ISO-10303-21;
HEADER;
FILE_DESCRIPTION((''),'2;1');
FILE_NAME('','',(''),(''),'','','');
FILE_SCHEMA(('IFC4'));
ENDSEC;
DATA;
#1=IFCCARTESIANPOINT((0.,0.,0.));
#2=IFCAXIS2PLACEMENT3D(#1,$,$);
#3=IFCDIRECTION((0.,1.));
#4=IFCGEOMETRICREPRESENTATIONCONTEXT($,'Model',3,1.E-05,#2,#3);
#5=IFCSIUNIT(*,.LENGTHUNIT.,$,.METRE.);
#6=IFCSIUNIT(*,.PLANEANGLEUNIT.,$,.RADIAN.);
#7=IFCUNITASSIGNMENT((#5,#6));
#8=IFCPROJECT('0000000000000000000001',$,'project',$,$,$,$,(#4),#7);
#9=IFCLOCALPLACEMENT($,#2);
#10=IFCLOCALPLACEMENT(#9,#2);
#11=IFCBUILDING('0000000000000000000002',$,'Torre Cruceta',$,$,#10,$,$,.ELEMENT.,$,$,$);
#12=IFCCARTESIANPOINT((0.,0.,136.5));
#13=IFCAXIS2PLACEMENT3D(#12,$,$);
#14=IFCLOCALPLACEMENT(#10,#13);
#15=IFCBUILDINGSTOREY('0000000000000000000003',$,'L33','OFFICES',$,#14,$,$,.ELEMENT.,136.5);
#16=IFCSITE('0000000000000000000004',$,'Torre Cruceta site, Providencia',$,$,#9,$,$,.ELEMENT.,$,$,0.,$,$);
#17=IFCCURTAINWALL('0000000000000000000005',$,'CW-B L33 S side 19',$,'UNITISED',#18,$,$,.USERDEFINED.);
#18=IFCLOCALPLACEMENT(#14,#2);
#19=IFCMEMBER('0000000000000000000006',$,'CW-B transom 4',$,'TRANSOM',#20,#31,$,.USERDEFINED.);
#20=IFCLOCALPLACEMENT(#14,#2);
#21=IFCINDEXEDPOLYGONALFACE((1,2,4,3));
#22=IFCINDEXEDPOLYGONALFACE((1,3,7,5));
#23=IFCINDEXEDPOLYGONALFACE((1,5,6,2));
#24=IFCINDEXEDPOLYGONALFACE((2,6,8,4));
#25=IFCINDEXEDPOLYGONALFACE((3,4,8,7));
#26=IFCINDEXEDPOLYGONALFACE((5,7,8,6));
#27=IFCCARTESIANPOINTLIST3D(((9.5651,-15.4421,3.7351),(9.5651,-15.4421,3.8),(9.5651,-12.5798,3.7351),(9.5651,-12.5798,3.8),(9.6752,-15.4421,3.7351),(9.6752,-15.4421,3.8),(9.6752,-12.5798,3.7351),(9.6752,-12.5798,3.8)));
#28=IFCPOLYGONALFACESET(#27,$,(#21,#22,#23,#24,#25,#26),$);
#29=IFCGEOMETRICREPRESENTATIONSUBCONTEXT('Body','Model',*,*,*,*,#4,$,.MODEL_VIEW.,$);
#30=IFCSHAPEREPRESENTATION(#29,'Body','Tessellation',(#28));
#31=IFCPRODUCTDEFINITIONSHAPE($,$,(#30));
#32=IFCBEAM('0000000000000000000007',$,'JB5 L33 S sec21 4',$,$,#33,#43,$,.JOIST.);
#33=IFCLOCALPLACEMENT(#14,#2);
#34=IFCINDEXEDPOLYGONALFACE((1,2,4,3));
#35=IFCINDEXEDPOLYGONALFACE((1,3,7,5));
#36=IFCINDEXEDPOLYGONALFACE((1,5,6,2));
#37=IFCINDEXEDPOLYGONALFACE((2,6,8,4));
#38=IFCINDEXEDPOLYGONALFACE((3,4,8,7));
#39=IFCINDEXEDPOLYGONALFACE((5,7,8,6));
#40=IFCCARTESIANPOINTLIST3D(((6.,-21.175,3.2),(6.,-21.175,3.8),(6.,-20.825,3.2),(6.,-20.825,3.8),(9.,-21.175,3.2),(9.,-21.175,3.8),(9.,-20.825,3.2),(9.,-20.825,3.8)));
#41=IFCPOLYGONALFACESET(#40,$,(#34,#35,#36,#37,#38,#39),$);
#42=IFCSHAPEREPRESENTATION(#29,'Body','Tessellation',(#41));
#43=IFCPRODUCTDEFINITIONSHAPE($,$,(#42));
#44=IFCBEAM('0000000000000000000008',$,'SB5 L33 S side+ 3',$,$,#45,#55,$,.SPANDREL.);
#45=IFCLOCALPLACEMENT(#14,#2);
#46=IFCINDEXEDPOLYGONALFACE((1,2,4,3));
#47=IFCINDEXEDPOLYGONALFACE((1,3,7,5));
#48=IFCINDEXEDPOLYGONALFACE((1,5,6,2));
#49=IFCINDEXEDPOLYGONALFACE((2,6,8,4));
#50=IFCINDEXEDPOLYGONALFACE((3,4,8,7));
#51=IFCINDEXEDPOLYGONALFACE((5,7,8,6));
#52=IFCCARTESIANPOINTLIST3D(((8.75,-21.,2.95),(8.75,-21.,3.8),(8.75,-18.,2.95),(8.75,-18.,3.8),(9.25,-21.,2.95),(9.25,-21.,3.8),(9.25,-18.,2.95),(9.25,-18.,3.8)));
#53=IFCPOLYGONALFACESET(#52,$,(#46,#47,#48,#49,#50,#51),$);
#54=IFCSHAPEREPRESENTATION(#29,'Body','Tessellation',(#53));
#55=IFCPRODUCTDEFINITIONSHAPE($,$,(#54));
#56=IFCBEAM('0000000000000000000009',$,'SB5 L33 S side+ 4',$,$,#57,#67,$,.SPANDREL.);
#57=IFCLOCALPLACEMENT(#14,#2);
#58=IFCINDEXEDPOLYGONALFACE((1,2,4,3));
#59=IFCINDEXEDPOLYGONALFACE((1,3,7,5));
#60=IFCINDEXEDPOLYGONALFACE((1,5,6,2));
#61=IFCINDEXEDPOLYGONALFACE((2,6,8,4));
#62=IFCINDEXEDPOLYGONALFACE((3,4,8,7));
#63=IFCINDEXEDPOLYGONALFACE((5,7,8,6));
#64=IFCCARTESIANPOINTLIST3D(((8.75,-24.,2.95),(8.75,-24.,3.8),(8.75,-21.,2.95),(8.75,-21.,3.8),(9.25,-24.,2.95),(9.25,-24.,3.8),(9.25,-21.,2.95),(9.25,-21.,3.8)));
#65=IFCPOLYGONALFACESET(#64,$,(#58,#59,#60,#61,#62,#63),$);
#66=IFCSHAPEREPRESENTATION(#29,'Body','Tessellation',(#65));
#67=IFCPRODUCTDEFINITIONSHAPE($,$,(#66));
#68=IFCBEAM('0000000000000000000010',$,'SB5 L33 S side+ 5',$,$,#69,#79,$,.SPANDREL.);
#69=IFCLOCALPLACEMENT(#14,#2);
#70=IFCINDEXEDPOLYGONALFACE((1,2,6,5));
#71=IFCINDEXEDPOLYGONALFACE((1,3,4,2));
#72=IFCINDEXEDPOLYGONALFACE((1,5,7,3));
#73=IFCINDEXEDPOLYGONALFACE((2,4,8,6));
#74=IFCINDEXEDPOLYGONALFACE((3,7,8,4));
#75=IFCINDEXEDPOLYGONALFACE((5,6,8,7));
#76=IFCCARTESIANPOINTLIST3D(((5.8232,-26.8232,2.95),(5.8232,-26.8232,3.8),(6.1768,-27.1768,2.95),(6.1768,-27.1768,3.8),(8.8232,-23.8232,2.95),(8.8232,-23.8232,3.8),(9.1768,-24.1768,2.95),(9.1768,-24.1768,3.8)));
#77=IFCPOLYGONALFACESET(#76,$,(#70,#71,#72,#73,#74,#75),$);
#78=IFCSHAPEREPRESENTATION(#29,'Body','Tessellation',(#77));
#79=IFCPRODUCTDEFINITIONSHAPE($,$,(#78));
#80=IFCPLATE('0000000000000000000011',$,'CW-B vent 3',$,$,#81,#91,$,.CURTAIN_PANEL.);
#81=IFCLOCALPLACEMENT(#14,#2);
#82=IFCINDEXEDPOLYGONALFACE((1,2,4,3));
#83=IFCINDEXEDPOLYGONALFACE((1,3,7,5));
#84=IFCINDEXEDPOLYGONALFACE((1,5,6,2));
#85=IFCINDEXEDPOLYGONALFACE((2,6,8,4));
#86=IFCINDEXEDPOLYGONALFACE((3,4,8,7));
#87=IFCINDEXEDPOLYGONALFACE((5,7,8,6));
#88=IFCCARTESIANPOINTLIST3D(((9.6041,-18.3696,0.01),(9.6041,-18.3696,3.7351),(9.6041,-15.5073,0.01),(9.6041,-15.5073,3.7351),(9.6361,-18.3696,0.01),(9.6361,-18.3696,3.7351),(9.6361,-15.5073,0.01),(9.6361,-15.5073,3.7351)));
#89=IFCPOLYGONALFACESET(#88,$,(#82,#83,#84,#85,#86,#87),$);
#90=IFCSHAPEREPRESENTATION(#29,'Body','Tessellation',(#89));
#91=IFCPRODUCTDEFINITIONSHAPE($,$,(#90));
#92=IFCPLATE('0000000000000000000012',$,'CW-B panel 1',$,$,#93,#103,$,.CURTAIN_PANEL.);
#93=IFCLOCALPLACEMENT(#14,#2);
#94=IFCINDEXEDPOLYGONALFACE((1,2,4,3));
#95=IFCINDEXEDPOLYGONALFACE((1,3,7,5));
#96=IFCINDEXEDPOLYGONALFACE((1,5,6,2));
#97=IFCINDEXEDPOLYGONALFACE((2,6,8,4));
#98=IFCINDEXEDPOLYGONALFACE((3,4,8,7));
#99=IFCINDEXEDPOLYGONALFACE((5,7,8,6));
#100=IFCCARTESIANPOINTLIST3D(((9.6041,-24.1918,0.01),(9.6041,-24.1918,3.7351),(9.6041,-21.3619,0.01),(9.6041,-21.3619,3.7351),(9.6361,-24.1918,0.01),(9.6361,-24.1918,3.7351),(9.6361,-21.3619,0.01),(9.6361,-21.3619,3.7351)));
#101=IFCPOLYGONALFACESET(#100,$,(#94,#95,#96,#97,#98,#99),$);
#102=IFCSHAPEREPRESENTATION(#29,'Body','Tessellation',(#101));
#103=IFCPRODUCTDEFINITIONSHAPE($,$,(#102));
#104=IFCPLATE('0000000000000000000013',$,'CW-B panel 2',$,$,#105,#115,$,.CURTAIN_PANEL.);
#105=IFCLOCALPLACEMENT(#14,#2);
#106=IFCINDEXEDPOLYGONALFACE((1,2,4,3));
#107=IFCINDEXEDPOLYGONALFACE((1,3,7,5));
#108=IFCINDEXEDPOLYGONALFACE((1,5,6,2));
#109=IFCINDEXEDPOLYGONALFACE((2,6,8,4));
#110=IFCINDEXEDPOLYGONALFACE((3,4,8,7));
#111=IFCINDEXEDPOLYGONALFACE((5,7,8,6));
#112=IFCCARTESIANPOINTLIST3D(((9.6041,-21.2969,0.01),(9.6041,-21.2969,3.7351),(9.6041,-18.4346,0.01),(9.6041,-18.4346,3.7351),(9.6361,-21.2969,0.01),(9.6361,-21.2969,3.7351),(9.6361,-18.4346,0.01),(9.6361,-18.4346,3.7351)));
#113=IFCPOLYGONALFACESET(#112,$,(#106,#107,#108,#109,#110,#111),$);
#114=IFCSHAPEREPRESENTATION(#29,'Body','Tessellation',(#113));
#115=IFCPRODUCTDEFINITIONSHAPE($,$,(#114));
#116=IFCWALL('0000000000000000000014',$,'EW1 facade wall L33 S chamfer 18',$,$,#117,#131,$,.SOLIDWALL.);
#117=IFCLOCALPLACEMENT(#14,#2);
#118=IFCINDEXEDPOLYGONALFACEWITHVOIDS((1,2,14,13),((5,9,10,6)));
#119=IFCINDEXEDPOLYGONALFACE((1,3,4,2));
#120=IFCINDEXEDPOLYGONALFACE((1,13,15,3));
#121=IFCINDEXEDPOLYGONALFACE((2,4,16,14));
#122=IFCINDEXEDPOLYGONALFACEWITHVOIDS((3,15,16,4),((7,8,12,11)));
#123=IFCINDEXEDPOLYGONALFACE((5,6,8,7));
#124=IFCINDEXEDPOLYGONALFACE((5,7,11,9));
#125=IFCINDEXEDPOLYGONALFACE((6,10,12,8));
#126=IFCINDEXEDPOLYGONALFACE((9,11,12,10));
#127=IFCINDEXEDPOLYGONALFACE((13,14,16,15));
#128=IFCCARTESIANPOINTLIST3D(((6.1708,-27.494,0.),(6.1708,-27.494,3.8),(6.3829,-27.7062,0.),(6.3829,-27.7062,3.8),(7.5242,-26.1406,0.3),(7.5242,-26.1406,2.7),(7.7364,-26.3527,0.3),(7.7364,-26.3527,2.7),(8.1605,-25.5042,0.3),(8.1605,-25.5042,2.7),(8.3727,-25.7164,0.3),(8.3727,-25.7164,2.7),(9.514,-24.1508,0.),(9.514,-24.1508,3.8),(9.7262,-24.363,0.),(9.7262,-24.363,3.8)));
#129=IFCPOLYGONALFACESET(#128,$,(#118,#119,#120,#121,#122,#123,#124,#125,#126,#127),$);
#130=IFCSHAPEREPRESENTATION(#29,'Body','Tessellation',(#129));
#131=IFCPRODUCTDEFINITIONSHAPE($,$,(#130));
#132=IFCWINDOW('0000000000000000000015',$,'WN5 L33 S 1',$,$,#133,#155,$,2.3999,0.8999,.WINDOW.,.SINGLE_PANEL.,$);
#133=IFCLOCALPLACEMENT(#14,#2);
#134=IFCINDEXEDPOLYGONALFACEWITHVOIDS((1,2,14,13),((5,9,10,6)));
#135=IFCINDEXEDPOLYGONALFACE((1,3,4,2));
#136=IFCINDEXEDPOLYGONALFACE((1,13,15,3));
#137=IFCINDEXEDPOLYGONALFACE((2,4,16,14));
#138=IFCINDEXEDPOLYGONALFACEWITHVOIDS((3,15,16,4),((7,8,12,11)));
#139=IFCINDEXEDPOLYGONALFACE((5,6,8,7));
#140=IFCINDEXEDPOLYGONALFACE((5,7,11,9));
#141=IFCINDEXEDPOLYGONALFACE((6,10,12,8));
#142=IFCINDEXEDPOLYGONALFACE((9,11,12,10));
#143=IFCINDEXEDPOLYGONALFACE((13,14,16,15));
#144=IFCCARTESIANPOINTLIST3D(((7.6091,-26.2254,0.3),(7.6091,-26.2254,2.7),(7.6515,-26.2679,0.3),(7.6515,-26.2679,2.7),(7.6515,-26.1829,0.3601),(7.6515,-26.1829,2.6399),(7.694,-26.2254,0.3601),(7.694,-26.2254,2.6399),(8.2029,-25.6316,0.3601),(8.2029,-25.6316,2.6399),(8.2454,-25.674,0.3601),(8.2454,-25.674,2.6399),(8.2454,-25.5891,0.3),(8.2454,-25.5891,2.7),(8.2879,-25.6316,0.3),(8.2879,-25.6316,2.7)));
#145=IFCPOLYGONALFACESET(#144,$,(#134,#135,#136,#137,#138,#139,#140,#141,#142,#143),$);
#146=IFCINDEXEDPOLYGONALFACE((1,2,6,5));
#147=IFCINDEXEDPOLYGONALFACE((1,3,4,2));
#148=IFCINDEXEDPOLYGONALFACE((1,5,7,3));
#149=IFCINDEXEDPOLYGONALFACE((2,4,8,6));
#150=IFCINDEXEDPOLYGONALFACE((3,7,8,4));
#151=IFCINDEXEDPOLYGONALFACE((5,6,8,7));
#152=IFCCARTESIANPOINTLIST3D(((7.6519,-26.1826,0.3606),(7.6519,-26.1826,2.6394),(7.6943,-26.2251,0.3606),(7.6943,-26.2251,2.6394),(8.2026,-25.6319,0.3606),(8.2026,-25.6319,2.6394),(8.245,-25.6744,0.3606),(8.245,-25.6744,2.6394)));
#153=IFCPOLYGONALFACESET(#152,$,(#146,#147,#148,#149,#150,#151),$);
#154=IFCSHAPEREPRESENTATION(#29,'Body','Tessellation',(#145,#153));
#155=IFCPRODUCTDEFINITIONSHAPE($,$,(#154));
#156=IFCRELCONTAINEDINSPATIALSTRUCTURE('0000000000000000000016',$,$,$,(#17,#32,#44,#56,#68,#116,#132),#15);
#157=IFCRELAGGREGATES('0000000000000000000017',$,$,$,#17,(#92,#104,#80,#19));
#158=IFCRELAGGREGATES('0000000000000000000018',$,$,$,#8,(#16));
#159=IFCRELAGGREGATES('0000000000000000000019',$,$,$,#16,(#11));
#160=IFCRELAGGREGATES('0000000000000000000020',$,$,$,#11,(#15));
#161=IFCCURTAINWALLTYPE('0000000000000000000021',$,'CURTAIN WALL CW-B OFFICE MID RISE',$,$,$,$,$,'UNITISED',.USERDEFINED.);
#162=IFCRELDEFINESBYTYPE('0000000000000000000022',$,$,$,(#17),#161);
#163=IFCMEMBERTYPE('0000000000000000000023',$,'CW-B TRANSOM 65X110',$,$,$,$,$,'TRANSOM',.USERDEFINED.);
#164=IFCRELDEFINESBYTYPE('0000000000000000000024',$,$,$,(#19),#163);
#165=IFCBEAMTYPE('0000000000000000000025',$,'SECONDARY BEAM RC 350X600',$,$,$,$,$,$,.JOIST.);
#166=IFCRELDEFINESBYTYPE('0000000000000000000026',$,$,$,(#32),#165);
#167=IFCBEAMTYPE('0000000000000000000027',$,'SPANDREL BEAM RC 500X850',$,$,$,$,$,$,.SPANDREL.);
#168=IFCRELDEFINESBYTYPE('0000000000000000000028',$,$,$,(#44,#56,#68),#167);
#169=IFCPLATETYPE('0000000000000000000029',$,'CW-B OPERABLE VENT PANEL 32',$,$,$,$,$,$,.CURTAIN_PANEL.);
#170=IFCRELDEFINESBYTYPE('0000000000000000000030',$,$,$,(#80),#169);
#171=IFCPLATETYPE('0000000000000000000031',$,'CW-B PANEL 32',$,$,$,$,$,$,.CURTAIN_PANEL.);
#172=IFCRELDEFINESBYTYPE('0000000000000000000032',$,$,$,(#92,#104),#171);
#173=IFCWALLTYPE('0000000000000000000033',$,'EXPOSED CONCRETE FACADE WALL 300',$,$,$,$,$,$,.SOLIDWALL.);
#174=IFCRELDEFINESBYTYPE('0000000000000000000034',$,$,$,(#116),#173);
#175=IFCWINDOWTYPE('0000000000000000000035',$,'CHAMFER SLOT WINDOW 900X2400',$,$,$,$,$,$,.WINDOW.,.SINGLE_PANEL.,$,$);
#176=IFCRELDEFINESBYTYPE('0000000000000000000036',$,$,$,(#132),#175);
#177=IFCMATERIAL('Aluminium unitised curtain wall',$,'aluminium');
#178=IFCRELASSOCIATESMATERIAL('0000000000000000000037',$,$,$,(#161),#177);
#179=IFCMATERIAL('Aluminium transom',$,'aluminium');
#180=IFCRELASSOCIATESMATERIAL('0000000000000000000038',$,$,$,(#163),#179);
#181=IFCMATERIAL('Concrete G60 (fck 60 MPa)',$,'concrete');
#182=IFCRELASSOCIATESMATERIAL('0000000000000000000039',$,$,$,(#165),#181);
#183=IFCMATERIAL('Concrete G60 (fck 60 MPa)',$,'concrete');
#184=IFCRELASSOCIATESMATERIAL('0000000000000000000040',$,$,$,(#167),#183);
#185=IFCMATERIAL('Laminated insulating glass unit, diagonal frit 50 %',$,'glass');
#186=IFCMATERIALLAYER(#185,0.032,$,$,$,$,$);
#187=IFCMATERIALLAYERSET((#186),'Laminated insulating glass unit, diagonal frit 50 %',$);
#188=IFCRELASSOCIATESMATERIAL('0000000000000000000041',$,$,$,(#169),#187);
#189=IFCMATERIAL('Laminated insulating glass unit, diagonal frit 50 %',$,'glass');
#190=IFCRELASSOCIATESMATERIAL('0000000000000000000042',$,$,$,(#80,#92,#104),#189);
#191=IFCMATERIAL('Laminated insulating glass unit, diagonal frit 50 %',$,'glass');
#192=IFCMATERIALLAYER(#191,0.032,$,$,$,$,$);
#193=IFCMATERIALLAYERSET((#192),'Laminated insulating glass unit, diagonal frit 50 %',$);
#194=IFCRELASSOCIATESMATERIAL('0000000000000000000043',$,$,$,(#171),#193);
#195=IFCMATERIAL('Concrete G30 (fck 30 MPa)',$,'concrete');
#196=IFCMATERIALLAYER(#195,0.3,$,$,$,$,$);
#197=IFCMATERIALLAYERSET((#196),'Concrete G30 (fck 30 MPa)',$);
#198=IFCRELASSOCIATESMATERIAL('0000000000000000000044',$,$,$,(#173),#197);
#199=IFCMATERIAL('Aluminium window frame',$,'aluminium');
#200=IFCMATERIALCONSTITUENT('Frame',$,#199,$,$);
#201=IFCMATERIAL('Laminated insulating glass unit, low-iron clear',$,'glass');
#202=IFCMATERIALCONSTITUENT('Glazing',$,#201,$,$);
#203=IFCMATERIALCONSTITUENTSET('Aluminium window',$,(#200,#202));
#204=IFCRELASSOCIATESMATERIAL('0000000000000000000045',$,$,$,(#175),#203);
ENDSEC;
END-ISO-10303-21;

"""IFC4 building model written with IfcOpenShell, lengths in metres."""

from ifc_helpers import new_model, si_unit, direction, frame, frame_2d, origin, origin_2d, place, context, subcontext, project, spatial, rectangle, hollow_rectangle, extrude, material, layer, layer_set, constituent, constituent_set, material_profile, profile_set, type_object, element, fill, aggregate, save


model = new_model("IFC4")

# Units and contexts
model_context = context("Model", 3, precision=1e-05, world=origin(), true_north=direction((0.0, 1.0)))
body_context = subcontext(model_context, "Body", "Model", "MODEL_VIEW")
ifc_project = project(units=[si_unit("LENGTHUNIT", "METRE"), si_unit("PLANEANGLEUNIT", "RADIAN")], contexts=[model_context])

# Site, building, storey
site_placement = place(None, origin())
site = spatial("IfcSite", under=ifc_project, at=site_placement, Name="Torre Cruceta site, Providencia", CompositionType="ELEMENT", RefElevation=0.0)
building_placement = place(site_placement, origin())
building = spatial("IfcBuilding", under=site, at=building_placement, Name="Torre Cruceta", CompositionType="ELEMENT")
storey_placement = place(building_placement, frame((0.0, 0.0, 136.5)))
storey = spatial("IfcBuildingStorey", under=building, at=storey_placement, Name="L33", Description="OFFICES", CompositionType="ELEMENT", Elevation=136.5)

# Curtain wall, member
ifc_material_1 = material(Name="Aluminium unitised curtain wall", Category="aluminium")
curtain_wall_type = type_object("IfcCurtainWallType", Name="CURTAIN WALL CW-B OFFICE MID RISE", ElementType="UNITISED", PredefinedType="USERDEFINED", material=ifc_material_1)
curtain_wall_placement = place(storey_placement, origin())
curtain_wall = element("IfcCurtainWall", 1, at=curtain_wall_placement, inside=storey, type_object=curtain_wall_type, Name="CW-B L33 S side 19", ObjectType="UNITISED", PredefinedType="USERDEFINED")
ifc_material_2 = material(Name="Aluminium transom", Category="aluminium")
ifc_material_profile_1 = material_profile(ifc_material_2, rectangle(XDim=0.1101, YDim=0.0649, at=origin_2d()), Name="AL 110X65")
ifc_profile_set_1 = profile_set([ifc_material_profile_1], Name="Aluminium transom")
member_type_1 = type_object("IfcMemberType", Name="CW-B TRANSOM 65X110", ElementType="TRANSOM", PredefinedType="USERDEFINED", material=ifc_profile_set_1)
member_1_placement = place(storey_placement, frame((9.6201, -15.4421, 3.7676), z_axis=(0.0, 1.0, 0.0), x_axis=(-1.0, 0.0, 0.0)))
member_1 = element("IfcMember", 2, at=member_1_placement, type_object=member_type_1, Name="CW-B transom 4", ObjectType="TRANSOM", PredefinedType="USERDEFINED", context=body_context, shape_type="SweptSolid", body=[
    extrude(rectangle(XDim=0.1101, YDim=0.0649, at=origin_2d()), origin(), (0.0, 0.0, 1.0), 2.8623),
])

# Beams
ifc_material_3 = material(Name="Concrete G60 (fck 60 MPa)", Category="concrete")
ifc_material_profile_2 = material_profile(ifc_material_3, rectangle(XDim=0.3501, YDim=0.6001, at=origin_2d()), Name="RC 350X600")
ifc_profile_set_2 = profile_set([ifc_material_profile_2], Name="Concrete G60 (fck 60 MPa)")
beam_type_1 = type_object("IfcBeamType", Name="SECONDARY BEAM RC 350X600", PredefinedType="JOIST", material=ifc_profile_set_2)
beam_1_placement = place(storey_placement, frame((6.0, -21.0, 3.5), z_axis=(1.0, 0.0, 0.0), x_axis=(0.0, 1.0, 0.0)))
element("IfcBeam", 3, at=beam_1_placement, inside=storey, type_object=beam_type_1, Name="JB5 L33 S sec21 4", PredefinedType="JOIST", context=body_context, shape_type="SweptSolid", body=[
    extrude(rectangle(XDim=0.3501, YDim=0.6001, at=origin_2d()), origin(), (0.0, 0.0, 1.0), 3.0),
])
ifc_material_4 = material(Name="Concrete G60 (fck 60 MPa)", Category="concrete")
ifc_material_profile_3 = material_profile(ifc_material_4, rectangle(XDim=0.5, YDim=0.8501, at=origin_2d()), Name="RC 500X850")
ifc_profile_set_3 = profile_set([ifc_material_profile_3], Name="Concrete G60 (fck 60 MPa)")
beam_type_2 = type_object("IfcBeamType", Name="SPANDREL BEAM RC 500X850", PredefinedType="SPANDREL", material=ifc_profile_set_3)
for number, where, z_axis, x_axis, name in (
    (4, (9.0, -18.0, 3.375), (0.0, -1.0, 0.0), (1.0, 0.0, 0.0), "SB5 L33 S side+ 3"),
    (5, (9.0, -21.0, 3.375), (0.0, -1.0, 0.0), (1.0, 0.0, 0.0), "SB5 L33 S side+ 4"),
):
    element("IfcBeam", number, at=place(storey_placement, frame(where, z_axis=z_axis, x_axis=x_axis)), inside=storey, type_object=beam_type_2, Name=name, PredefinedType="SPANDREL", context=body_context, shape_type="SweptSolid", body=[
        extrude(rectangle(XDim=0.5, YDim=0.8501, at=origin_2d()), origin(), (0.0, 0.0, 1.0), 3.0),
    ])
beam_2_placement = place(storey_placement, frame((9.0, -24.0, 3.375), z_axis=(-0.707107, -0.707107, 0.0), x_axis=(0.707107, -0.707107, 0.0)))
element("IfcBeam", 6, at=beam_2_placement, inside=storey, type_object=beam_type_2, Name="SB5 L33 S side+ 5", PredefinedType="SPANDREL", context=body_context, shape_type="SweptSolid", body=[
    extrude(rectangle(XDim=0.5, YDim=0.8501, at=origin_2d()), origin(), (0.0, 0.0, 1.0), 4.2427),
])

# Plates
ifc_material_5 = material(Name="Laminated insulating glass unit, diagonal frit 50 %", Category="glass")
ifc_material_6 = material(Name="Laminated insulating glass unit, diagonal frit 50 %", Category="glass")
ifc_layer_1 = layer(ifc_material_6, 0.032)
ifc_layer_set_1 = layer_set([ifc_layer_1], Name="Laminated insulating glass unit, diagonal frit 50 %")
plate_type_1 = type_object("IfcPlateType", Name="CW-B OPERABLE VENT PANEL 32", PredefinedType="CURTAIN_PANEL", material=ifc_layer_set_1)
plate_1_placement = place(storey_placement, frame((9.6201, -16.9385, 0.01), z_axis=(0.0, 0.0, 1.0), x_axis=(0.0, 1.0, 0.0)))
plate_1 = element("IfcPlate", 7, at=plate_1_placement, type_object=plate_type_1, material=ifc_material_5, Name="CW-B vent 3", PredefinedType="CURTAIN_PANEL", context=body_context, shape_type="SweptSolid", body=[
    extrude(rectangle(XDim=2.8623, YDim=0.032, at=origin_2d()), origin(), (0.0, 0.0, 1.0), 3.7251),
])
ifc_material_7 = material(Name="Laminated insulating glass unit, diagonal frit 50 %", Category="glass")
ifc_layer_2 = layer(ifc_material_7, 0.032)
ifc_layer_set_2 = layer_set([ifc_layer_2], Name="Laminated insulating glass unit, diagonal frit 50 %")
plate_type_2 = type_object("IfcPlateType", Name="CW-B PANEL 32", PredefinedType="CURTAIN_PANEL", material=ifc_layer_set_2)
plate_2_placement = place(storey_placement, frame((9.6201, -22.7769, 0.01), z_axis=(0.0, 0.0, 1.0), x_axis=(0.0, 1.0, 0.0)))
plate_2 = element("IfcPlate", 8, at=plate_2_placement, type_object=plate_type_2, material=ifc_material_5, Name="CW-B panel 1", PredefinedType="CURTAIN_PANEL", context=body_context, shape_type="SweptSolid", body=[
    extrude(rectangle(XDim=2.8298, YDim=0.032, at=origin_2d()), origin(), (0.0, 0.0, 1.0), 3.7251),
])
plate_3_placement = place(storey_placement, frame((9.6201, -19.8657, 0.01), z_axis=(0.0, 0.0, 1.0), x_axis=(0.0, 1.0, 0.0)))
plate_3 = element("IfcPlate", 9, at=plate_3_placement, type_object=plate_type_2, material=ifc_material_5, Name="CW-B panel 2", PredefinedType="CURTAIN_PANEL", context=body_context, shape_type="SweptSolid", body=[
    extrude(rectangle(XDim=2.8623, YDim=0.032, at=origin_2d()), origin(), (0.0, 0.0, 1.0), 3.7251),
])
aggregate(curtain_wall, [plate_2, plate_3, plate_1, member_1])

# Wall, opening, window
ifc_material_8 = material(Name="Concrete G30 (fck 30 MPa)", Category="concrete")
ifc_layer_3 = layer(ifc_material_8, 0.3)
ifc_layer_set_3 = layer_set([ifc_layer_3], Name="Concrete G30 (fck 30 MPa)")
wall_type = type_object("IfcWallType", Name="EXPOSED CONCRETE FACADE WALL 300", PredefinedType="SOLIDWALL", material=ifc_layer_set_3)
wall_placement = place(storey_placement, frame((6.2769, -27.6001, 0.0), z_axis=(0.0, 0.0, 1.0), x_axis=(0.707107, 0.707107, 0.0)))
wall = element("IfcWall", 10, at=wall_placement, inside=storey, type_object=wall_type, Name="EW1 facade wall L33 S chamfer 18", PredefinedType="SOLIDWALL", context=body_context, shape_type="SweptSolid", body=[
    extrude(rectangle(XDim=4.728, YDim=0.3, at=frame_2d((2.364, 0.0))), origin(), (0.0, 0.0, 1.0), 3.8),
])
opening_placement = place(wall_placement, frame((1.9141, 0.0, 0.3)))
opening = element("IfcOpeningElement", 11, at=opening_placement, cuts=wall, PredefinedType="OPENING", context=body_context, shape_type="SweptSolid", body=[
    extrude(rectangle(XDim=0.8999, YDim=2.3999, at=frame_2d((0.45, 1.2))), frame((0.0, 0.1599, 0.0), z_axis=(0.0, -1.0, 0.0), x_axis=(1.0, 0.0, 0.0)), (0.0, 0.0, 1.0), 0.3201),
])
ifc_material_9 = material(Name="Aluminium window frame", Category="aluminium")
ifc_constituent_1 = constituent(ifc_material_9, Name="Frame")
ifc_material_10 = material(Name="Laminated insulating glass unit, low-iron clear", Category="glass")
ifc_constituent_2 = constituent(ifc_material_10, Name="Glazing")
ifc_constituent_set = constituent_set(constituents=[ifc_constituent_1, ifc_constituent_2], Name="Aluminium window")
window_type = type_object("IfcWindowType", Name="CHAMFER SLOT WINDOW 900X2400", PartitioningType="SINGLE_PANEL", PredefinedType="WINDOW", material=ifc_constituent_set)
window_placement = place(opening_placement, origin())
window = element("IfcWindow", 12, at=window_placement, inside=storey, type_object=window_type, Name="WN5 L33 S 1", OverallHeight=2.3999, OverallWidth=0.8999, PartitioningType="SINGLE_PANEL", PredefinedType="WINDOW", context=body_context, shape_type="SweptSolid", body=[
    extrude(hollow_rectangle(XDim=0.8999, YDim=2.3999, WallThickness=0.0601, at=frame_2d((0.45, 1.2))), frame((0.0, 0.03, 0.0), z_axis=(0.0, -1.0, 0.0), x_axis=(1.0, 0.0, 0.0)), (0.0, 0.0, 1.0), 0.0601),
    extrude(rectangle(XDim=0.7788, YDim=2.2788, at=frame_2d((0.45, 1.2))), frame((0.0, 0.03, 0.0), z_axis=(0.0, -1.0, 0.0), x_axis=(1.0, 0.0, 0.0)), (0.0, 0.0, 1.0), 0.0601),
])
fill(opening, window)

save(model, "model.ifc")
